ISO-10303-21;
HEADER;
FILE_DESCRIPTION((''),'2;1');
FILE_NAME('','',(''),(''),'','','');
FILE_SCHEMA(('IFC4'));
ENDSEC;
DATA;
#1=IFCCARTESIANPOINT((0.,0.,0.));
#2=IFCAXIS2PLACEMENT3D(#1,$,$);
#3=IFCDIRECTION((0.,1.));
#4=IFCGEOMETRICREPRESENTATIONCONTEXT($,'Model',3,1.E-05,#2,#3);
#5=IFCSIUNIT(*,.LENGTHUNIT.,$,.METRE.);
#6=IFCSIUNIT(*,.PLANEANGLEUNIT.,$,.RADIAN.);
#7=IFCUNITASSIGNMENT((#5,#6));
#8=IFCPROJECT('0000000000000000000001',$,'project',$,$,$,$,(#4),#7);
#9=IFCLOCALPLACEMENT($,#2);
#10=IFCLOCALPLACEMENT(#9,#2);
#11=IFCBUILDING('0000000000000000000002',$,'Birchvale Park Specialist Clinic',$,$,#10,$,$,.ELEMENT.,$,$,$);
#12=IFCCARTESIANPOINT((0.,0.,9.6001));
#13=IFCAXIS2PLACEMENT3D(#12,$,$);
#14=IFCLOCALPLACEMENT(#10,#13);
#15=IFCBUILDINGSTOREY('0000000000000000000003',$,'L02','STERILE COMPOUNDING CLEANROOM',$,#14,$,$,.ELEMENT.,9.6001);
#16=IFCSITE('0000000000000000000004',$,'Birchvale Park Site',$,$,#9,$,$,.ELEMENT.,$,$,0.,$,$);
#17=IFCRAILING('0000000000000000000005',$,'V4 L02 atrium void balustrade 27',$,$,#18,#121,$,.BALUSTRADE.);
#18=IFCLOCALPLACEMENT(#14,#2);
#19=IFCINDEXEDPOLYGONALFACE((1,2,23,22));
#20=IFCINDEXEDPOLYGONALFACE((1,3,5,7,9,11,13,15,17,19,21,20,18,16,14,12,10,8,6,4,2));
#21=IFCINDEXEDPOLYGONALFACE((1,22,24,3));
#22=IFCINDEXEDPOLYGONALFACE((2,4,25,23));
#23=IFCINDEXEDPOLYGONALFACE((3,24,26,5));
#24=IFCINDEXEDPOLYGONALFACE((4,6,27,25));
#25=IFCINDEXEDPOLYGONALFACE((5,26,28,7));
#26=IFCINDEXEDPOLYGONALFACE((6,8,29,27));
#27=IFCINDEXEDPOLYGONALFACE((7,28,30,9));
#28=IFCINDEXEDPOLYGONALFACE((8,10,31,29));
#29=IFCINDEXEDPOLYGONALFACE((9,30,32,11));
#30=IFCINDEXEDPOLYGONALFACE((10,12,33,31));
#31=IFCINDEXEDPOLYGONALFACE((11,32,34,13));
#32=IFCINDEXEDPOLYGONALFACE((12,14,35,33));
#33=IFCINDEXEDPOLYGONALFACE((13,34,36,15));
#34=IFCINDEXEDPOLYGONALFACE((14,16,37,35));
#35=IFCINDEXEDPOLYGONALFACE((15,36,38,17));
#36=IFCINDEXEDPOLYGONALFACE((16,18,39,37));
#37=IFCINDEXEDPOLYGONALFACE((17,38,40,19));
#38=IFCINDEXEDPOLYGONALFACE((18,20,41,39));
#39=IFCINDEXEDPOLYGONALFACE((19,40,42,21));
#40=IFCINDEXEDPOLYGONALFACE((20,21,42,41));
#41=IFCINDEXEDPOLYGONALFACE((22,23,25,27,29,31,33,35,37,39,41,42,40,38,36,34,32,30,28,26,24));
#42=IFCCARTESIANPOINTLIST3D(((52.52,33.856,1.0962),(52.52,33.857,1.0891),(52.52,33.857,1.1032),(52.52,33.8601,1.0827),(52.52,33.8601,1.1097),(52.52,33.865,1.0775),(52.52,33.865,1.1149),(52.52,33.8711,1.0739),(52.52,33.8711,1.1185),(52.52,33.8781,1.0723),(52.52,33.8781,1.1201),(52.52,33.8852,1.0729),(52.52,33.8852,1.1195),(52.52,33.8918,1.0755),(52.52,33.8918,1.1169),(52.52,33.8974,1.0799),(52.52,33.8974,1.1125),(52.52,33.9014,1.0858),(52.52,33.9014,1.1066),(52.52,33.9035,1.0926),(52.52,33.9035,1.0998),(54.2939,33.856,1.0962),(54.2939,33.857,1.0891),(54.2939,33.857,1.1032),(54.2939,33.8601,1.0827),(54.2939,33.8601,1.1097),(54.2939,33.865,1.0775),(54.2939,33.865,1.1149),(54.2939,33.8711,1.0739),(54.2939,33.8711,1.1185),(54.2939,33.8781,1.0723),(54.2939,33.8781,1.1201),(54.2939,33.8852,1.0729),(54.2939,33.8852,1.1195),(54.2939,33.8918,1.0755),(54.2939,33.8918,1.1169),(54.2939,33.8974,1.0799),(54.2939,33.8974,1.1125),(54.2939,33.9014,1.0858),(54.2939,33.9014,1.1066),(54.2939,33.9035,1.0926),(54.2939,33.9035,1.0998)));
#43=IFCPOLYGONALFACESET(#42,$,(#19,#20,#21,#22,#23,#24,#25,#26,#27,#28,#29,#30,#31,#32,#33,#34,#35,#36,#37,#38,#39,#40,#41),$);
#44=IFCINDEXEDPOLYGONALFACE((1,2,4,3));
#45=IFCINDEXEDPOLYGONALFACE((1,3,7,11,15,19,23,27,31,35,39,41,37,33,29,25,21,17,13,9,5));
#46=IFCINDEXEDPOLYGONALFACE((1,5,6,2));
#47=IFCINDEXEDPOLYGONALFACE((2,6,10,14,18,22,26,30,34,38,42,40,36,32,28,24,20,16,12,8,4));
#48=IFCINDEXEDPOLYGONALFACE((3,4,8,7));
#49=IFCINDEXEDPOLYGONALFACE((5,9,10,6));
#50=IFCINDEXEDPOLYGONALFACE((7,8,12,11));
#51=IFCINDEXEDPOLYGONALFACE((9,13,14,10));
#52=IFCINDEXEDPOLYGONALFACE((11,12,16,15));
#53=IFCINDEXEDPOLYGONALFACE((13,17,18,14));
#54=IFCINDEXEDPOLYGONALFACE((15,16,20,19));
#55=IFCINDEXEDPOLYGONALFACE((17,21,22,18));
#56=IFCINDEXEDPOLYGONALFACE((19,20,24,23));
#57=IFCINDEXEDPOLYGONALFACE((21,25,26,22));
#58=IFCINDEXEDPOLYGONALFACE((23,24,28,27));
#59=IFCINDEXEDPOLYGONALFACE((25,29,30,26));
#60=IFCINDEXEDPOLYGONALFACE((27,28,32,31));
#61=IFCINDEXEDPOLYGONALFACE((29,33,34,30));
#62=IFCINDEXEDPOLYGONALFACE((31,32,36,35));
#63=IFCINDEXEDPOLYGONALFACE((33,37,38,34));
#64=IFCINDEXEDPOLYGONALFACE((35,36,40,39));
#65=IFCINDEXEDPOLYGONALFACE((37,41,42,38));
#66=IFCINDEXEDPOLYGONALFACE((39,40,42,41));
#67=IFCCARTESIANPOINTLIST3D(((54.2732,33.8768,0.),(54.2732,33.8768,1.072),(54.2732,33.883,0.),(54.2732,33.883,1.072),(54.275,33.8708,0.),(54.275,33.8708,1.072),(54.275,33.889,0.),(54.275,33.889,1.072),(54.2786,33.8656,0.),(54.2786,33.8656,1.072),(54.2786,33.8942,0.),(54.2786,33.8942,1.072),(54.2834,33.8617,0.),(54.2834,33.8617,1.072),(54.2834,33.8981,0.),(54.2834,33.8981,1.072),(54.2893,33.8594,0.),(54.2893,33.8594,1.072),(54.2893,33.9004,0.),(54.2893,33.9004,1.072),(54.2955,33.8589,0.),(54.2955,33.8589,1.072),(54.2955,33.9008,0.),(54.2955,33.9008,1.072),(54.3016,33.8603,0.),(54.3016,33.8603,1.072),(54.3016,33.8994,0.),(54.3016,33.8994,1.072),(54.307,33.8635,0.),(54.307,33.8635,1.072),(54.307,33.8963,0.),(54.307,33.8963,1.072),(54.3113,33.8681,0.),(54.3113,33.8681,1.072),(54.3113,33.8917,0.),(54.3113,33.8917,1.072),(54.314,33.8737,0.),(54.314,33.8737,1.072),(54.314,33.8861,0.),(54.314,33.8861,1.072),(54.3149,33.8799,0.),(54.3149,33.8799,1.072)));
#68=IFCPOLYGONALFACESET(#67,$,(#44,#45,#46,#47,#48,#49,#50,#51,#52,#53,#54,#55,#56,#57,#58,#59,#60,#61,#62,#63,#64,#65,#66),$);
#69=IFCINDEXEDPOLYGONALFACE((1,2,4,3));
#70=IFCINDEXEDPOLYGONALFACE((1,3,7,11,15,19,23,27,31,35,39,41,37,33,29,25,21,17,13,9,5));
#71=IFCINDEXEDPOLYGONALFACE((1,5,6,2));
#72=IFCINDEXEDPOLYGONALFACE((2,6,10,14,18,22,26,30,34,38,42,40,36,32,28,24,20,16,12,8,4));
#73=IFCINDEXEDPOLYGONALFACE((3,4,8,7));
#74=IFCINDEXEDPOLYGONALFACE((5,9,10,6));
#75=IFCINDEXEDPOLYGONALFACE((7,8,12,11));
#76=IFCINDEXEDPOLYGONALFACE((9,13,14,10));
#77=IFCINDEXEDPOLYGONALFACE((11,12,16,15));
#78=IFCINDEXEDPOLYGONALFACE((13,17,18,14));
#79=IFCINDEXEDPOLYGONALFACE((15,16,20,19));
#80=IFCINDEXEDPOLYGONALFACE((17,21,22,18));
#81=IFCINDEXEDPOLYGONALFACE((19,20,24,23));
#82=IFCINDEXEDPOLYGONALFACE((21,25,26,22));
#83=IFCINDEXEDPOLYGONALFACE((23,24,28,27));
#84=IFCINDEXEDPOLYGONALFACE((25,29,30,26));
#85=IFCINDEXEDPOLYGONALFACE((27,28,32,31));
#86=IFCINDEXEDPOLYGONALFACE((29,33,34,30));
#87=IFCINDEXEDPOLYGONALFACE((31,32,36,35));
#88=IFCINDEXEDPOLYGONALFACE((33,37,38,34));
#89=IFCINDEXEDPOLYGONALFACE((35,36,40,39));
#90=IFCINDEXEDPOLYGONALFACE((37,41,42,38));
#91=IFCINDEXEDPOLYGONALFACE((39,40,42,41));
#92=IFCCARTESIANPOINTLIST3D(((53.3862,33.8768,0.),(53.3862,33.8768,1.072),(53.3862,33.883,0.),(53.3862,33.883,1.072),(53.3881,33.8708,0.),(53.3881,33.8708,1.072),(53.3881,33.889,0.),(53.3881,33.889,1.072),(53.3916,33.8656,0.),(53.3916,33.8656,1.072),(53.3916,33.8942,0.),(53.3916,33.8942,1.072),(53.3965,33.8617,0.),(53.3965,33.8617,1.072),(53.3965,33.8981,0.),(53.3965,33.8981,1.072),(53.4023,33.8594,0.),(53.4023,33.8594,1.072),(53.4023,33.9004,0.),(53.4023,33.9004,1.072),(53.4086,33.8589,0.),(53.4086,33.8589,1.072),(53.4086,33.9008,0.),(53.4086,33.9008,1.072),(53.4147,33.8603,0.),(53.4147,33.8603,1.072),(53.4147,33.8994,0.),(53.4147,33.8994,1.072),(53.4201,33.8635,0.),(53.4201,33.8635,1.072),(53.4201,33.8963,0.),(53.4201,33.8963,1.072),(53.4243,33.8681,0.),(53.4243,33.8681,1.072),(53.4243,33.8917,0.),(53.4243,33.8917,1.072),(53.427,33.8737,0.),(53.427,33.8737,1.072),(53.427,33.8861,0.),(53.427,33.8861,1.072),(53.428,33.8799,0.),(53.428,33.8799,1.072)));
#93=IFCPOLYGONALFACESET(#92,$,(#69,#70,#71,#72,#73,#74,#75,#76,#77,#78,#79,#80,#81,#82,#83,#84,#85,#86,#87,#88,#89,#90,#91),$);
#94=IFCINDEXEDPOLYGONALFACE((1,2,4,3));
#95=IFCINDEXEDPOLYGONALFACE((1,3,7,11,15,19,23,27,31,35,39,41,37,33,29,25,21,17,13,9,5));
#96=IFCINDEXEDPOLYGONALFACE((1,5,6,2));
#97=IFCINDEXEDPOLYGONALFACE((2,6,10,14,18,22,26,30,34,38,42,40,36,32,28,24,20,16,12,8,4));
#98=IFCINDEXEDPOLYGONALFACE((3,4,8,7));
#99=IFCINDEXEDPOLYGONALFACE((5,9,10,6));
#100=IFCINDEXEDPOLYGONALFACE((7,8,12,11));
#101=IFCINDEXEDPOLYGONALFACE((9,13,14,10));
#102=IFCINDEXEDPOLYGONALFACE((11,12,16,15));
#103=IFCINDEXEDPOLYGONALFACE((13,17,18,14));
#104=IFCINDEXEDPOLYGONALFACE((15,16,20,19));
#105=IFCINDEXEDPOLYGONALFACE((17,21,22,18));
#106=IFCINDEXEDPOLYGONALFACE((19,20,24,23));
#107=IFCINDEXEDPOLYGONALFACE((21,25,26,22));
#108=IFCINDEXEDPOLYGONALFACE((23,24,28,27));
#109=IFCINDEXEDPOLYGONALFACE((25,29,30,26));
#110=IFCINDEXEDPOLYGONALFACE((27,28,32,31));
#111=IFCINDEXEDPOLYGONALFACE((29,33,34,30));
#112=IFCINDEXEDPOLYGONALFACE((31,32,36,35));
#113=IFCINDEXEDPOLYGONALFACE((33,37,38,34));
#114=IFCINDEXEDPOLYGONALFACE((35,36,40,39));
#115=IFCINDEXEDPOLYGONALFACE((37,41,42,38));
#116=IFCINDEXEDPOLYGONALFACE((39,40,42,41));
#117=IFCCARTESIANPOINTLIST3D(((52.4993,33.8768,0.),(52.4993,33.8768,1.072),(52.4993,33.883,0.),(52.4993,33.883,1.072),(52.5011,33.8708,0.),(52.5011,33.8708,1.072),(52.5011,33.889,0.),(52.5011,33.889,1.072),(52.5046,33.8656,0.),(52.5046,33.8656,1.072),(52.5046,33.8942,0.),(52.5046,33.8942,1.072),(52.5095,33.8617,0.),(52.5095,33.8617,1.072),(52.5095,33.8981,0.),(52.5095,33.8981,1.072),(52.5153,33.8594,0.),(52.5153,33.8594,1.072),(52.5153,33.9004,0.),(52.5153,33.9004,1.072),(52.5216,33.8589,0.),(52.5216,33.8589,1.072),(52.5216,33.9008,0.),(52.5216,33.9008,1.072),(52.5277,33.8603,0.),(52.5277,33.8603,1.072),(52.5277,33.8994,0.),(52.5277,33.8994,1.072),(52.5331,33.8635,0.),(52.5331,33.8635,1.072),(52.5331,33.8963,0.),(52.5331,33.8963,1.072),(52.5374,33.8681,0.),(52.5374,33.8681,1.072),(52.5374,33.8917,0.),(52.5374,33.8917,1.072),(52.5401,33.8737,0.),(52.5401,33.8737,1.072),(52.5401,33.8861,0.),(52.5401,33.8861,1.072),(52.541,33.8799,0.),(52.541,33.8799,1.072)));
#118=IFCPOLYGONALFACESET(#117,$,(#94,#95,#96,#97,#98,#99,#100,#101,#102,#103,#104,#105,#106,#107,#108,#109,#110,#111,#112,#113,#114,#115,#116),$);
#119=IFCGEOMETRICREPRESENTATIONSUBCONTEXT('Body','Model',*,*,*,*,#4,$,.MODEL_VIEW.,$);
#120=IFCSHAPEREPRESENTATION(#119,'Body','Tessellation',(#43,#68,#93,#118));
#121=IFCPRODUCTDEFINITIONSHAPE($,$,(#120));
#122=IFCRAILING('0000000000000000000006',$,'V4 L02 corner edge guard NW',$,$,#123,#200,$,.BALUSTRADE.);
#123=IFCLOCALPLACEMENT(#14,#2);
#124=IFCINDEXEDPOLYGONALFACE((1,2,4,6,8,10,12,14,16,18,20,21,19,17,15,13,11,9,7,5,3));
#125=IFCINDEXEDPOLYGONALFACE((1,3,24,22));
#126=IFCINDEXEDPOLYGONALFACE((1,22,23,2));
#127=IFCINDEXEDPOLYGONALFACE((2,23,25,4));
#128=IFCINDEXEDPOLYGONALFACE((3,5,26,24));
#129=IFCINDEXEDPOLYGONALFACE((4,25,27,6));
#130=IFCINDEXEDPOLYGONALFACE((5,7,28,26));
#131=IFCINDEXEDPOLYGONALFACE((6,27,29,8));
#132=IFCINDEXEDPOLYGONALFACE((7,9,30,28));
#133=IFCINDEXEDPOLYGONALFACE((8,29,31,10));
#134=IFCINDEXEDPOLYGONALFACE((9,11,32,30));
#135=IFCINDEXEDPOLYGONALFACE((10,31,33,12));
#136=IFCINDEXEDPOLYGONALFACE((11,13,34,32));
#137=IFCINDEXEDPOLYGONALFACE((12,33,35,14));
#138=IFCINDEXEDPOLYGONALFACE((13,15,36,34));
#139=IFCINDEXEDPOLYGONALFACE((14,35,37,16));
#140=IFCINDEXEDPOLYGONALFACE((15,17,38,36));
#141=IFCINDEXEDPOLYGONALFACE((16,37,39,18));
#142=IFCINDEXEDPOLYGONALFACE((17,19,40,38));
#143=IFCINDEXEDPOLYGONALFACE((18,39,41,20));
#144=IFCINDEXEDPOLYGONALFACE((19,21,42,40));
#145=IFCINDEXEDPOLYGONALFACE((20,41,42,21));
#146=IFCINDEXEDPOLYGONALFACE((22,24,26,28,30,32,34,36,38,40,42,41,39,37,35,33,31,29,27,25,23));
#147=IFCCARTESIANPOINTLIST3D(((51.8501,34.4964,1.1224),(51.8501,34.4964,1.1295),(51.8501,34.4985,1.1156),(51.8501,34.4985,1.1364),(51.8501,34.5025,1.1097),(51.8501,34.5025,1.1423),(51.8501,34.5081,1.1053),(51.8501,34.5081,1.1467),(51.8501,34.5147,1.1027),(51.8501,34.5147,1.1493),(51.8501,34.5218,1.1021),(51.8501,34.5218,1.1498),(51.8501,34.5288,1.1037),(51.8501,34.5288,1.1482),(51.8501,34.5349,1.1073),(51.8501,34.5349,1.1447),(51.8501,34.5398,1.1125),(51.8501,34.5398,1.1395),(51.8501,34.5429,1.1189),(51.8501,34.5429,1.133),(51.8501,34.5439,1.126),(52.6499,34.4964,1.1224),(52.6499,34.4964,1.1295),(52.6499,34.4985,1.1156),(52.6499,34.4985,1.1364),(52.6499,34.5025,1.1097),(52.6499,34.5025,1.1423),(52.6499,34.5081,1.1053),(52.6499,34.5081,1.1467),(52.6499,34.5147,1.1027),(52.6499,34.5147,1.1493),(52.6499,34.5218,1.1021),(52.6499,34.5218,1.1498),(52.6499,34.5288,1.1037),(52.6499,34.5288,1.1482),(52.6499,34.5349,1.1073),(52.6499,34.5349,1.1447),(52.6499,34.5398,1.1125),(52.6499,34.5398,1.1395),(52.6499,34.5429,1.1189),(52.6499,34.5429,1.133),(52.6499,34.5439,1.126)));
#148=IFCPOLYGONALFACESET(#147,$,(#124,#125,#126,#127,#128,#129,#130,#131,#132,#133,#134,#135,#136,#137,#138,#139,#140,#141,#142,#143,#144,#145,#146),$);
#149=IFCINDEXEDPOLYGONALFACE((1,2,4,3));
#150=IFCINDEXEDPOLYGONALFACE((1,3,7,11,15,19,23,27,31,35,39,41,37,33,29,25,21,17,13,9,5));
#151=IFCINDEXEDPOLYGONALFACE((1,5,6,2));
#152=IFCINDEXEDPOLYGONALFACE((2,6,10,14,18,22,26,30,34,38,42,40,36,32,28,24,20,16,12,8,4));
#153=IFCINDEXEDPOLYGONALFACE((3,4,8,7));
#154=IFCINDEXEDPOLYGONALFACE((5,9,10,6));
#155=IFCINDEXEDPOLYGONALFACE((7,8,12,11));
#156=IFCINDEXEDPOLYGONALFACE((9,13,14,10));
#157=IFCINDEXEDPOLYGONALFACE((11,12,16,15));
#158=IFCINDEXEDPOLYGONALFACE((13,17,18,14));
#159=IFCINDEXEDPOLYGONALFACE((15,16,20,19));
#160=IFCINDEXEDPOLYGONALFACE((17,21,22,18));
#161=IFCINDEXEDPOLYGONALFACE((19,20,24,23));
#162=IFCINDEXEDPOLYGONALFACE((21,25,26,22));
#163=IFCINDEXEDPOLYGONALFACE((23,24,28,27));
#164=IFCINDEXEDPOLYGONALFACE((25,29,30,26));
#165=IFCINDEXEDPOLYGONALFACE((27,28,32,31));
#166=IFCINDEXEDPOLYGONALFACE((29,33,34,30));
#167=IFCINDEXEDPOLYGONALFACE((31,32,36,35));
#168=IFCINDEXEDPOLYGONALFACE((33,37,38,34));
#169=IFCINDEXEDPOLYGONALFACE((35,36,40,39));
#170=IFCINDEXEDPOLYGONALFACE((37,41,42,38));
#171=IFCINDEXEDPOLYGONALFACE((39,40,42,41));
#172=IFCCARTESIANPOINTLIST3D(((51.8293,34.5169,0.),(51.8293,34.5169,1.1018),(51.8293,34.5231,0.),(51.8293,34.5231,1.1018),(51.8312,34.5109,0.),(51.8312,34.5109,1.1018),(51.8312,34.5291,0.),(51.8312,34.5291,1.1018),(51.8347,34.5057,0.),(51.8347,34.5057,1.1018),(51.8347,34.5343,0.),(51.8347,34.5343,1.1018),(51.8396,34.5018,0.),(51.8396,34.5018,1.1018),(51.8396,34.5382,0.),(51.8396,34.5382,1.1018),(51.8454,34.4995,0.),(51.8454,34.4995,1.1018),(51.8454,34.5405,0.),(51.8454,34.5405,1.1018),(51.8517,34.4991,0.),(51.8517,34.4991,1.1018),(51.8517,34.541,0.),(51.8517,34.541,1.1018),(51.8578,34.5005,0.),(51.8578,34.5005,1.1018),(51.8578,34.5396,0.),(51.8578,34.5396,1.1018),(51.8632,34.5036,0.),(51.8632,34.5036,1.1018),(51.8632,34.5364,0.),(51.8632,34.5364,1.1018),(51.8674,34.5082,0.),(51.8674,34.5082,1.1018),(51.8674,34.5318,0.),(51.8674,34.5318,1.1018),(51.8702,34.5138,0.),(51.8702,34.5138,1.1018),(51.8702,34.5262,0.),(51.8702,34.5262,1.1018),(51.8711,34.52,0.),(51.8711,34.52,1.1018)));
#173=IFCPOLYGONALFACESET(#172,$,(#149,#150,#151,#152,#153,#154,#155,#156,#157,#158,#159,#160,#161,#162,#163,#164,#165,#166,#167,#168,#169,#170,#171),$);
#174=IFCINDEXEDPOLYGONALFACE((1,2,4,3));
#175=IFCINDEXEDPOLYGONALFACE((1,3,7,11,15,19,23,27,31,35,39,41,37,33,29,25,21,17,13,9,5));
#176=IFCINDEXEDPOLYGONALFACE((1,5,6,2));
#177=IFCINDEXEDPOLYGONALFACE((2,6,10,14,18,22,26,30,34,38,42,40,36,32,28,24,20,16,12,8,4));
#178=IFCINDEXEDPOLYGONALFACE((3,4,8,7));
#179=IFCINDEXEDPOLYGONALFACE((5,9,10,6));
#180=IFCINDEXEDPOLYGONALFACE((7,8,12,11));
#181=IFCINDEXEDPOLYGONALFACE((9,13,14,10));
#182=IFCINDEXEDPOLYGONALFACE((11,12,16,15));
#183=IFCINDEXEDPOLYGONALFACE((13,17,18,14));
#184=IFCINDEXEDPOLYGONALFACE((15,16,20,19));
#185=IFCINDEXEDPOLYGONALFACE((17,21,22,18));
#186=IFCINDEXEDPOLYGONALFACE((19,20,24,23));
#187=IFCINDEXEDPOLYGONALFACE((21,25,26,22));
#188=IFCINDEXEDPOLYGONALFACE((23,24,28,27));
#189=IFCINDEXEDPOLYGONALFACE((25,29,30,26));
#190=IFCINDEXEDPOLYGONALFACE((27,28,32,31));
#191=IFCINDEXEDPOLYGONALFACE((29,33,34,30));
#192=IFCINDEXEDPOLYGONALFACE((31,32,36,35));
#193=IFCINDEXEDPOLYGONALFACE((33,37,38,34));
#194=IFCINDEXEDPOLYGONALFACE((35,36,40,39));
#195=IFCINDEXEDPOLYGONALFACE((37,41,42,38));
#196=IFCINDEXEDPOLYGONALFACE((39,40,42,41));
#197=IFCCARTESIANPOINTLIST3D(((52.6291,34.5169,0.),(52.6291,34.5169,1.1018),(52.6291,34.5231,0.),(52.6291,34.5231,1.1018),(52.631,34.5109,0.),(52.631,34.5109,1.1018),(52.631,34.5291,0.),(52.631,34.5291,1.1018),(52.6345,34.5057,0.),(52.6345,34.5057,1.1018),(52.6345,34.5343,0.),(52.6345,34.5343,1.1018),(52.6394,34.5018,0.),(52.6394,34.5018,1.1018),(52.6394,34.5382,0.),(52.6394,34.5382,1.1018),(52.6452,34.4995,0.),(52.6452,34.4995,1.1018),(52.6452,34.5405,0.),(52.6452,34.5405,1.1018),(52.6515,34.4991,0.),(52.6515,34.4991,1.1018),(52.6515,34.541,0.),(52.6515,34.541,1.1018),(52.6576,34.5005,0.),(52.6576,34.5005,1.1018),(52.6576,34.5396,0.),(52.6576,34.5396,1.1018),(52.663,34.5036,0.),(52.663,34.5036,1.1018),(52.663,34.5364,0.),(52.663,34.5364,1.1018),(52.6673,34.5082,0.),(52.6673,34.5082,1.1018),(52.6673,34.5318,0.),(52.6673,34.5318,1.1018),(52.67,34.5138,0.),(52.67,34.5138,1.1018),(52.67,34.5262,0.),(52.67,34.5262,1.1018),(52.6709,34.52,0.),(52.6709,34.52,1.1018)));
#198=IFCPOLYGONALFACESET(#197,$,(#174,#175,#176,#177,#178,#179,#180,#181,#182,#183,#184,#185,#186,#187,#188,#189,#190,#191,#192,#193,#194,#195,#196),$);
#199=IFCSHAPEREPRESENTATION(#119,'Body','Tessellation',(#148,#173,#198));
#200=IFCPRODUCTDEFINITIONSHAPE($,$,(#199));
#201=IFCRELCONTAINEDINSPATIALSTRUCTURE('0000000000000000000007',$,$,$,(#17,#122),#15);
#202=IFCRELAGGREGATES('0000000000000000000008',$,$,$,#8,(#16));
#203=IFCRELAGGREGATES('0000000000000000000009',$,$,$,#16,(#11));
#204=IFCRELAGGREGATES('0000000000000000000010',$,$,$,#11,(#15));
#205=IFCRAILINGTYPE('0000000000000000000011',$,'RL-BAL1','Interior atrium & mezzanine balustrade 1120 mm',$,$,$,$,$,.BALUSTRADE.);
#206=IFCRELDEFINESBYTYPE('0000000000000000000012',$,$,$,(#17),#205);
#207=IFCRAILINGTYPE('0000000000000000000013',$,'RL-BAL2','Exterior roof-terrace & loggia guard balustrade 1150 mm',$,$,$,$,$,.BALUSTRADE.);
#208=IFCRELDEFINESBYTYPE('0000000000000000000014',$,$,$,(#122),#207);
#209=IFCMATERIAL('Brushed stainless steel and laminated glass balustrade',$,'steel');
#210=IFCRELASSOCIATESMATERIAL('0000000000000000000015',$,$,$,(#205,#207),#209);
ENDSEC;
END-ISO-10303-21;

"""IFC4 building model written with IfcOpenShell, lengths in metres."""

from ifc_helpers import new_model, si_unit, direction, frame, origin, origin_2d, place, context, subcontext, project, spatial, circle, extrude, material, type_object, element, save


model = new_model("IFC4")

# Units and contexts
model_context = context("Model", 3, precision=1e-05, world=origin(), true_north=direction((0.0, 1.0)))
body_context = subcontext(model_context, "Body", "Model", "MODEL_VIEW")
ifc_project = project(units=[si_unit("LENGTHUNIT", "METRE"), si_unit("PLANEANGLEUNIT", "RADIAN")], contexts=[model_context])

# Site, building, storey
site_placement = place(None, origin())
site = spatial("IfcSite", under=ifc_project, at=site_placement, Name="Birchvale Park Site", CompositionType="ELEMENT", RefElevation=0.0)
building_placement = place(site_placement, origin())
building = spatial("IfcBuilding", under=site, at=building_placement, Name="Birchvale Park Specialist Clinic", CompositionType="ELEMENT")
storey_placement = place(building_placement, frame((0.0, 0.0, 9.6001)))
storey = spatial("IfcBuildingStorey", under=building, at=storey_placement, Name="L02", Description="STERILE COMPOUNDING CLEANROOM", CompositionType="ELEMENT", Elevation=9.6001)

# Railings
ifc_material_1 = material(Name="Brushed stainless steel and laminated glass balustrade", Category="steel")
railing_type_1 = type_object("IfcRailingType", Name="RL-BAL1", Description="Interior atrium & mezzanine balustrade 1120 mm", PredefinedType="BALUSTRADE", material=ifc_material_1)
railing_1_placement = place(storey_placement, frame((54.2939, 33.8799, 0.0)))
element("IfcRailing", 1, at=railing_1_placement, inside=storey, type_object=railing_type_1, Name="V4 L02 atrium void balustrade 27", PredefinedType="BALUSTRADE", context=body_context, shape_type="SweptSolid", body=[
    extrude(circle(Radius=0.0239, at=origin_2d()), frame((0.0, 0.0, 1.0962), z_axis=(-1.0, 0.0, 0.0), x_axis=(0.0, -1.0, 0.0)), (0.0, 0.0, 1.0), 1.7739),
    extrude(circle(Radius=0.021, at=origin_2d()), origin(), (0.0, 0.0, 1.0), 1.072),
    extrude(circle(Radius=0.021, at=origin_2d()), frame((-0.887, 0.0, 0.0)), (0.0, 0.0, 1.0), 1.072),
    extrude(circle(Radius=0.021, at=origin_2d()), frame((-1.7739, 0.0, 0.0)), (0.0, 0.0, 1.0), 1.072),
])
railing_type_2 = type_object("IfcRailingType", Name="RL-BAL2", Description="Exterior roof-terrace & loggia guard balustrade 1150 mm", PredefinedType="BALUSTRADE", material=ifc_material_1)
railing_2_placement = place(storey_placement, frame((51.8501, 34.52, 0.0)))
element("IfcRailing", 2, at=railing_2_placement, inside=storey, type_object=railing_type_2, Name="V4 L02 corner edge guard NW", PredefinedType="BALUSTRADE", context=body_context, shape_type="SweptSolid", body=[
    extrude(circle(Radius=0.0239, at=origin_2d()), frame((0.0, 0.0, 1.126), z_axis=(1.0, 0.0, 0.0), x_axis=(0.0, 1.0, 0.0)), (0.0, 0.0, 1.0), 0.7998),
    extrude(circle(Radius=0.021, at=origin_2d()), origin(), (0.0, 0.0, 1.0), 1.1018),
    extrude(circle(Radius=0.021, at=origin_2d()), frame((0.7998, 0.0, 0.0)), (0.0, 0.0, 1.0), 1.1018),
])

save(model, "model.ifc")
